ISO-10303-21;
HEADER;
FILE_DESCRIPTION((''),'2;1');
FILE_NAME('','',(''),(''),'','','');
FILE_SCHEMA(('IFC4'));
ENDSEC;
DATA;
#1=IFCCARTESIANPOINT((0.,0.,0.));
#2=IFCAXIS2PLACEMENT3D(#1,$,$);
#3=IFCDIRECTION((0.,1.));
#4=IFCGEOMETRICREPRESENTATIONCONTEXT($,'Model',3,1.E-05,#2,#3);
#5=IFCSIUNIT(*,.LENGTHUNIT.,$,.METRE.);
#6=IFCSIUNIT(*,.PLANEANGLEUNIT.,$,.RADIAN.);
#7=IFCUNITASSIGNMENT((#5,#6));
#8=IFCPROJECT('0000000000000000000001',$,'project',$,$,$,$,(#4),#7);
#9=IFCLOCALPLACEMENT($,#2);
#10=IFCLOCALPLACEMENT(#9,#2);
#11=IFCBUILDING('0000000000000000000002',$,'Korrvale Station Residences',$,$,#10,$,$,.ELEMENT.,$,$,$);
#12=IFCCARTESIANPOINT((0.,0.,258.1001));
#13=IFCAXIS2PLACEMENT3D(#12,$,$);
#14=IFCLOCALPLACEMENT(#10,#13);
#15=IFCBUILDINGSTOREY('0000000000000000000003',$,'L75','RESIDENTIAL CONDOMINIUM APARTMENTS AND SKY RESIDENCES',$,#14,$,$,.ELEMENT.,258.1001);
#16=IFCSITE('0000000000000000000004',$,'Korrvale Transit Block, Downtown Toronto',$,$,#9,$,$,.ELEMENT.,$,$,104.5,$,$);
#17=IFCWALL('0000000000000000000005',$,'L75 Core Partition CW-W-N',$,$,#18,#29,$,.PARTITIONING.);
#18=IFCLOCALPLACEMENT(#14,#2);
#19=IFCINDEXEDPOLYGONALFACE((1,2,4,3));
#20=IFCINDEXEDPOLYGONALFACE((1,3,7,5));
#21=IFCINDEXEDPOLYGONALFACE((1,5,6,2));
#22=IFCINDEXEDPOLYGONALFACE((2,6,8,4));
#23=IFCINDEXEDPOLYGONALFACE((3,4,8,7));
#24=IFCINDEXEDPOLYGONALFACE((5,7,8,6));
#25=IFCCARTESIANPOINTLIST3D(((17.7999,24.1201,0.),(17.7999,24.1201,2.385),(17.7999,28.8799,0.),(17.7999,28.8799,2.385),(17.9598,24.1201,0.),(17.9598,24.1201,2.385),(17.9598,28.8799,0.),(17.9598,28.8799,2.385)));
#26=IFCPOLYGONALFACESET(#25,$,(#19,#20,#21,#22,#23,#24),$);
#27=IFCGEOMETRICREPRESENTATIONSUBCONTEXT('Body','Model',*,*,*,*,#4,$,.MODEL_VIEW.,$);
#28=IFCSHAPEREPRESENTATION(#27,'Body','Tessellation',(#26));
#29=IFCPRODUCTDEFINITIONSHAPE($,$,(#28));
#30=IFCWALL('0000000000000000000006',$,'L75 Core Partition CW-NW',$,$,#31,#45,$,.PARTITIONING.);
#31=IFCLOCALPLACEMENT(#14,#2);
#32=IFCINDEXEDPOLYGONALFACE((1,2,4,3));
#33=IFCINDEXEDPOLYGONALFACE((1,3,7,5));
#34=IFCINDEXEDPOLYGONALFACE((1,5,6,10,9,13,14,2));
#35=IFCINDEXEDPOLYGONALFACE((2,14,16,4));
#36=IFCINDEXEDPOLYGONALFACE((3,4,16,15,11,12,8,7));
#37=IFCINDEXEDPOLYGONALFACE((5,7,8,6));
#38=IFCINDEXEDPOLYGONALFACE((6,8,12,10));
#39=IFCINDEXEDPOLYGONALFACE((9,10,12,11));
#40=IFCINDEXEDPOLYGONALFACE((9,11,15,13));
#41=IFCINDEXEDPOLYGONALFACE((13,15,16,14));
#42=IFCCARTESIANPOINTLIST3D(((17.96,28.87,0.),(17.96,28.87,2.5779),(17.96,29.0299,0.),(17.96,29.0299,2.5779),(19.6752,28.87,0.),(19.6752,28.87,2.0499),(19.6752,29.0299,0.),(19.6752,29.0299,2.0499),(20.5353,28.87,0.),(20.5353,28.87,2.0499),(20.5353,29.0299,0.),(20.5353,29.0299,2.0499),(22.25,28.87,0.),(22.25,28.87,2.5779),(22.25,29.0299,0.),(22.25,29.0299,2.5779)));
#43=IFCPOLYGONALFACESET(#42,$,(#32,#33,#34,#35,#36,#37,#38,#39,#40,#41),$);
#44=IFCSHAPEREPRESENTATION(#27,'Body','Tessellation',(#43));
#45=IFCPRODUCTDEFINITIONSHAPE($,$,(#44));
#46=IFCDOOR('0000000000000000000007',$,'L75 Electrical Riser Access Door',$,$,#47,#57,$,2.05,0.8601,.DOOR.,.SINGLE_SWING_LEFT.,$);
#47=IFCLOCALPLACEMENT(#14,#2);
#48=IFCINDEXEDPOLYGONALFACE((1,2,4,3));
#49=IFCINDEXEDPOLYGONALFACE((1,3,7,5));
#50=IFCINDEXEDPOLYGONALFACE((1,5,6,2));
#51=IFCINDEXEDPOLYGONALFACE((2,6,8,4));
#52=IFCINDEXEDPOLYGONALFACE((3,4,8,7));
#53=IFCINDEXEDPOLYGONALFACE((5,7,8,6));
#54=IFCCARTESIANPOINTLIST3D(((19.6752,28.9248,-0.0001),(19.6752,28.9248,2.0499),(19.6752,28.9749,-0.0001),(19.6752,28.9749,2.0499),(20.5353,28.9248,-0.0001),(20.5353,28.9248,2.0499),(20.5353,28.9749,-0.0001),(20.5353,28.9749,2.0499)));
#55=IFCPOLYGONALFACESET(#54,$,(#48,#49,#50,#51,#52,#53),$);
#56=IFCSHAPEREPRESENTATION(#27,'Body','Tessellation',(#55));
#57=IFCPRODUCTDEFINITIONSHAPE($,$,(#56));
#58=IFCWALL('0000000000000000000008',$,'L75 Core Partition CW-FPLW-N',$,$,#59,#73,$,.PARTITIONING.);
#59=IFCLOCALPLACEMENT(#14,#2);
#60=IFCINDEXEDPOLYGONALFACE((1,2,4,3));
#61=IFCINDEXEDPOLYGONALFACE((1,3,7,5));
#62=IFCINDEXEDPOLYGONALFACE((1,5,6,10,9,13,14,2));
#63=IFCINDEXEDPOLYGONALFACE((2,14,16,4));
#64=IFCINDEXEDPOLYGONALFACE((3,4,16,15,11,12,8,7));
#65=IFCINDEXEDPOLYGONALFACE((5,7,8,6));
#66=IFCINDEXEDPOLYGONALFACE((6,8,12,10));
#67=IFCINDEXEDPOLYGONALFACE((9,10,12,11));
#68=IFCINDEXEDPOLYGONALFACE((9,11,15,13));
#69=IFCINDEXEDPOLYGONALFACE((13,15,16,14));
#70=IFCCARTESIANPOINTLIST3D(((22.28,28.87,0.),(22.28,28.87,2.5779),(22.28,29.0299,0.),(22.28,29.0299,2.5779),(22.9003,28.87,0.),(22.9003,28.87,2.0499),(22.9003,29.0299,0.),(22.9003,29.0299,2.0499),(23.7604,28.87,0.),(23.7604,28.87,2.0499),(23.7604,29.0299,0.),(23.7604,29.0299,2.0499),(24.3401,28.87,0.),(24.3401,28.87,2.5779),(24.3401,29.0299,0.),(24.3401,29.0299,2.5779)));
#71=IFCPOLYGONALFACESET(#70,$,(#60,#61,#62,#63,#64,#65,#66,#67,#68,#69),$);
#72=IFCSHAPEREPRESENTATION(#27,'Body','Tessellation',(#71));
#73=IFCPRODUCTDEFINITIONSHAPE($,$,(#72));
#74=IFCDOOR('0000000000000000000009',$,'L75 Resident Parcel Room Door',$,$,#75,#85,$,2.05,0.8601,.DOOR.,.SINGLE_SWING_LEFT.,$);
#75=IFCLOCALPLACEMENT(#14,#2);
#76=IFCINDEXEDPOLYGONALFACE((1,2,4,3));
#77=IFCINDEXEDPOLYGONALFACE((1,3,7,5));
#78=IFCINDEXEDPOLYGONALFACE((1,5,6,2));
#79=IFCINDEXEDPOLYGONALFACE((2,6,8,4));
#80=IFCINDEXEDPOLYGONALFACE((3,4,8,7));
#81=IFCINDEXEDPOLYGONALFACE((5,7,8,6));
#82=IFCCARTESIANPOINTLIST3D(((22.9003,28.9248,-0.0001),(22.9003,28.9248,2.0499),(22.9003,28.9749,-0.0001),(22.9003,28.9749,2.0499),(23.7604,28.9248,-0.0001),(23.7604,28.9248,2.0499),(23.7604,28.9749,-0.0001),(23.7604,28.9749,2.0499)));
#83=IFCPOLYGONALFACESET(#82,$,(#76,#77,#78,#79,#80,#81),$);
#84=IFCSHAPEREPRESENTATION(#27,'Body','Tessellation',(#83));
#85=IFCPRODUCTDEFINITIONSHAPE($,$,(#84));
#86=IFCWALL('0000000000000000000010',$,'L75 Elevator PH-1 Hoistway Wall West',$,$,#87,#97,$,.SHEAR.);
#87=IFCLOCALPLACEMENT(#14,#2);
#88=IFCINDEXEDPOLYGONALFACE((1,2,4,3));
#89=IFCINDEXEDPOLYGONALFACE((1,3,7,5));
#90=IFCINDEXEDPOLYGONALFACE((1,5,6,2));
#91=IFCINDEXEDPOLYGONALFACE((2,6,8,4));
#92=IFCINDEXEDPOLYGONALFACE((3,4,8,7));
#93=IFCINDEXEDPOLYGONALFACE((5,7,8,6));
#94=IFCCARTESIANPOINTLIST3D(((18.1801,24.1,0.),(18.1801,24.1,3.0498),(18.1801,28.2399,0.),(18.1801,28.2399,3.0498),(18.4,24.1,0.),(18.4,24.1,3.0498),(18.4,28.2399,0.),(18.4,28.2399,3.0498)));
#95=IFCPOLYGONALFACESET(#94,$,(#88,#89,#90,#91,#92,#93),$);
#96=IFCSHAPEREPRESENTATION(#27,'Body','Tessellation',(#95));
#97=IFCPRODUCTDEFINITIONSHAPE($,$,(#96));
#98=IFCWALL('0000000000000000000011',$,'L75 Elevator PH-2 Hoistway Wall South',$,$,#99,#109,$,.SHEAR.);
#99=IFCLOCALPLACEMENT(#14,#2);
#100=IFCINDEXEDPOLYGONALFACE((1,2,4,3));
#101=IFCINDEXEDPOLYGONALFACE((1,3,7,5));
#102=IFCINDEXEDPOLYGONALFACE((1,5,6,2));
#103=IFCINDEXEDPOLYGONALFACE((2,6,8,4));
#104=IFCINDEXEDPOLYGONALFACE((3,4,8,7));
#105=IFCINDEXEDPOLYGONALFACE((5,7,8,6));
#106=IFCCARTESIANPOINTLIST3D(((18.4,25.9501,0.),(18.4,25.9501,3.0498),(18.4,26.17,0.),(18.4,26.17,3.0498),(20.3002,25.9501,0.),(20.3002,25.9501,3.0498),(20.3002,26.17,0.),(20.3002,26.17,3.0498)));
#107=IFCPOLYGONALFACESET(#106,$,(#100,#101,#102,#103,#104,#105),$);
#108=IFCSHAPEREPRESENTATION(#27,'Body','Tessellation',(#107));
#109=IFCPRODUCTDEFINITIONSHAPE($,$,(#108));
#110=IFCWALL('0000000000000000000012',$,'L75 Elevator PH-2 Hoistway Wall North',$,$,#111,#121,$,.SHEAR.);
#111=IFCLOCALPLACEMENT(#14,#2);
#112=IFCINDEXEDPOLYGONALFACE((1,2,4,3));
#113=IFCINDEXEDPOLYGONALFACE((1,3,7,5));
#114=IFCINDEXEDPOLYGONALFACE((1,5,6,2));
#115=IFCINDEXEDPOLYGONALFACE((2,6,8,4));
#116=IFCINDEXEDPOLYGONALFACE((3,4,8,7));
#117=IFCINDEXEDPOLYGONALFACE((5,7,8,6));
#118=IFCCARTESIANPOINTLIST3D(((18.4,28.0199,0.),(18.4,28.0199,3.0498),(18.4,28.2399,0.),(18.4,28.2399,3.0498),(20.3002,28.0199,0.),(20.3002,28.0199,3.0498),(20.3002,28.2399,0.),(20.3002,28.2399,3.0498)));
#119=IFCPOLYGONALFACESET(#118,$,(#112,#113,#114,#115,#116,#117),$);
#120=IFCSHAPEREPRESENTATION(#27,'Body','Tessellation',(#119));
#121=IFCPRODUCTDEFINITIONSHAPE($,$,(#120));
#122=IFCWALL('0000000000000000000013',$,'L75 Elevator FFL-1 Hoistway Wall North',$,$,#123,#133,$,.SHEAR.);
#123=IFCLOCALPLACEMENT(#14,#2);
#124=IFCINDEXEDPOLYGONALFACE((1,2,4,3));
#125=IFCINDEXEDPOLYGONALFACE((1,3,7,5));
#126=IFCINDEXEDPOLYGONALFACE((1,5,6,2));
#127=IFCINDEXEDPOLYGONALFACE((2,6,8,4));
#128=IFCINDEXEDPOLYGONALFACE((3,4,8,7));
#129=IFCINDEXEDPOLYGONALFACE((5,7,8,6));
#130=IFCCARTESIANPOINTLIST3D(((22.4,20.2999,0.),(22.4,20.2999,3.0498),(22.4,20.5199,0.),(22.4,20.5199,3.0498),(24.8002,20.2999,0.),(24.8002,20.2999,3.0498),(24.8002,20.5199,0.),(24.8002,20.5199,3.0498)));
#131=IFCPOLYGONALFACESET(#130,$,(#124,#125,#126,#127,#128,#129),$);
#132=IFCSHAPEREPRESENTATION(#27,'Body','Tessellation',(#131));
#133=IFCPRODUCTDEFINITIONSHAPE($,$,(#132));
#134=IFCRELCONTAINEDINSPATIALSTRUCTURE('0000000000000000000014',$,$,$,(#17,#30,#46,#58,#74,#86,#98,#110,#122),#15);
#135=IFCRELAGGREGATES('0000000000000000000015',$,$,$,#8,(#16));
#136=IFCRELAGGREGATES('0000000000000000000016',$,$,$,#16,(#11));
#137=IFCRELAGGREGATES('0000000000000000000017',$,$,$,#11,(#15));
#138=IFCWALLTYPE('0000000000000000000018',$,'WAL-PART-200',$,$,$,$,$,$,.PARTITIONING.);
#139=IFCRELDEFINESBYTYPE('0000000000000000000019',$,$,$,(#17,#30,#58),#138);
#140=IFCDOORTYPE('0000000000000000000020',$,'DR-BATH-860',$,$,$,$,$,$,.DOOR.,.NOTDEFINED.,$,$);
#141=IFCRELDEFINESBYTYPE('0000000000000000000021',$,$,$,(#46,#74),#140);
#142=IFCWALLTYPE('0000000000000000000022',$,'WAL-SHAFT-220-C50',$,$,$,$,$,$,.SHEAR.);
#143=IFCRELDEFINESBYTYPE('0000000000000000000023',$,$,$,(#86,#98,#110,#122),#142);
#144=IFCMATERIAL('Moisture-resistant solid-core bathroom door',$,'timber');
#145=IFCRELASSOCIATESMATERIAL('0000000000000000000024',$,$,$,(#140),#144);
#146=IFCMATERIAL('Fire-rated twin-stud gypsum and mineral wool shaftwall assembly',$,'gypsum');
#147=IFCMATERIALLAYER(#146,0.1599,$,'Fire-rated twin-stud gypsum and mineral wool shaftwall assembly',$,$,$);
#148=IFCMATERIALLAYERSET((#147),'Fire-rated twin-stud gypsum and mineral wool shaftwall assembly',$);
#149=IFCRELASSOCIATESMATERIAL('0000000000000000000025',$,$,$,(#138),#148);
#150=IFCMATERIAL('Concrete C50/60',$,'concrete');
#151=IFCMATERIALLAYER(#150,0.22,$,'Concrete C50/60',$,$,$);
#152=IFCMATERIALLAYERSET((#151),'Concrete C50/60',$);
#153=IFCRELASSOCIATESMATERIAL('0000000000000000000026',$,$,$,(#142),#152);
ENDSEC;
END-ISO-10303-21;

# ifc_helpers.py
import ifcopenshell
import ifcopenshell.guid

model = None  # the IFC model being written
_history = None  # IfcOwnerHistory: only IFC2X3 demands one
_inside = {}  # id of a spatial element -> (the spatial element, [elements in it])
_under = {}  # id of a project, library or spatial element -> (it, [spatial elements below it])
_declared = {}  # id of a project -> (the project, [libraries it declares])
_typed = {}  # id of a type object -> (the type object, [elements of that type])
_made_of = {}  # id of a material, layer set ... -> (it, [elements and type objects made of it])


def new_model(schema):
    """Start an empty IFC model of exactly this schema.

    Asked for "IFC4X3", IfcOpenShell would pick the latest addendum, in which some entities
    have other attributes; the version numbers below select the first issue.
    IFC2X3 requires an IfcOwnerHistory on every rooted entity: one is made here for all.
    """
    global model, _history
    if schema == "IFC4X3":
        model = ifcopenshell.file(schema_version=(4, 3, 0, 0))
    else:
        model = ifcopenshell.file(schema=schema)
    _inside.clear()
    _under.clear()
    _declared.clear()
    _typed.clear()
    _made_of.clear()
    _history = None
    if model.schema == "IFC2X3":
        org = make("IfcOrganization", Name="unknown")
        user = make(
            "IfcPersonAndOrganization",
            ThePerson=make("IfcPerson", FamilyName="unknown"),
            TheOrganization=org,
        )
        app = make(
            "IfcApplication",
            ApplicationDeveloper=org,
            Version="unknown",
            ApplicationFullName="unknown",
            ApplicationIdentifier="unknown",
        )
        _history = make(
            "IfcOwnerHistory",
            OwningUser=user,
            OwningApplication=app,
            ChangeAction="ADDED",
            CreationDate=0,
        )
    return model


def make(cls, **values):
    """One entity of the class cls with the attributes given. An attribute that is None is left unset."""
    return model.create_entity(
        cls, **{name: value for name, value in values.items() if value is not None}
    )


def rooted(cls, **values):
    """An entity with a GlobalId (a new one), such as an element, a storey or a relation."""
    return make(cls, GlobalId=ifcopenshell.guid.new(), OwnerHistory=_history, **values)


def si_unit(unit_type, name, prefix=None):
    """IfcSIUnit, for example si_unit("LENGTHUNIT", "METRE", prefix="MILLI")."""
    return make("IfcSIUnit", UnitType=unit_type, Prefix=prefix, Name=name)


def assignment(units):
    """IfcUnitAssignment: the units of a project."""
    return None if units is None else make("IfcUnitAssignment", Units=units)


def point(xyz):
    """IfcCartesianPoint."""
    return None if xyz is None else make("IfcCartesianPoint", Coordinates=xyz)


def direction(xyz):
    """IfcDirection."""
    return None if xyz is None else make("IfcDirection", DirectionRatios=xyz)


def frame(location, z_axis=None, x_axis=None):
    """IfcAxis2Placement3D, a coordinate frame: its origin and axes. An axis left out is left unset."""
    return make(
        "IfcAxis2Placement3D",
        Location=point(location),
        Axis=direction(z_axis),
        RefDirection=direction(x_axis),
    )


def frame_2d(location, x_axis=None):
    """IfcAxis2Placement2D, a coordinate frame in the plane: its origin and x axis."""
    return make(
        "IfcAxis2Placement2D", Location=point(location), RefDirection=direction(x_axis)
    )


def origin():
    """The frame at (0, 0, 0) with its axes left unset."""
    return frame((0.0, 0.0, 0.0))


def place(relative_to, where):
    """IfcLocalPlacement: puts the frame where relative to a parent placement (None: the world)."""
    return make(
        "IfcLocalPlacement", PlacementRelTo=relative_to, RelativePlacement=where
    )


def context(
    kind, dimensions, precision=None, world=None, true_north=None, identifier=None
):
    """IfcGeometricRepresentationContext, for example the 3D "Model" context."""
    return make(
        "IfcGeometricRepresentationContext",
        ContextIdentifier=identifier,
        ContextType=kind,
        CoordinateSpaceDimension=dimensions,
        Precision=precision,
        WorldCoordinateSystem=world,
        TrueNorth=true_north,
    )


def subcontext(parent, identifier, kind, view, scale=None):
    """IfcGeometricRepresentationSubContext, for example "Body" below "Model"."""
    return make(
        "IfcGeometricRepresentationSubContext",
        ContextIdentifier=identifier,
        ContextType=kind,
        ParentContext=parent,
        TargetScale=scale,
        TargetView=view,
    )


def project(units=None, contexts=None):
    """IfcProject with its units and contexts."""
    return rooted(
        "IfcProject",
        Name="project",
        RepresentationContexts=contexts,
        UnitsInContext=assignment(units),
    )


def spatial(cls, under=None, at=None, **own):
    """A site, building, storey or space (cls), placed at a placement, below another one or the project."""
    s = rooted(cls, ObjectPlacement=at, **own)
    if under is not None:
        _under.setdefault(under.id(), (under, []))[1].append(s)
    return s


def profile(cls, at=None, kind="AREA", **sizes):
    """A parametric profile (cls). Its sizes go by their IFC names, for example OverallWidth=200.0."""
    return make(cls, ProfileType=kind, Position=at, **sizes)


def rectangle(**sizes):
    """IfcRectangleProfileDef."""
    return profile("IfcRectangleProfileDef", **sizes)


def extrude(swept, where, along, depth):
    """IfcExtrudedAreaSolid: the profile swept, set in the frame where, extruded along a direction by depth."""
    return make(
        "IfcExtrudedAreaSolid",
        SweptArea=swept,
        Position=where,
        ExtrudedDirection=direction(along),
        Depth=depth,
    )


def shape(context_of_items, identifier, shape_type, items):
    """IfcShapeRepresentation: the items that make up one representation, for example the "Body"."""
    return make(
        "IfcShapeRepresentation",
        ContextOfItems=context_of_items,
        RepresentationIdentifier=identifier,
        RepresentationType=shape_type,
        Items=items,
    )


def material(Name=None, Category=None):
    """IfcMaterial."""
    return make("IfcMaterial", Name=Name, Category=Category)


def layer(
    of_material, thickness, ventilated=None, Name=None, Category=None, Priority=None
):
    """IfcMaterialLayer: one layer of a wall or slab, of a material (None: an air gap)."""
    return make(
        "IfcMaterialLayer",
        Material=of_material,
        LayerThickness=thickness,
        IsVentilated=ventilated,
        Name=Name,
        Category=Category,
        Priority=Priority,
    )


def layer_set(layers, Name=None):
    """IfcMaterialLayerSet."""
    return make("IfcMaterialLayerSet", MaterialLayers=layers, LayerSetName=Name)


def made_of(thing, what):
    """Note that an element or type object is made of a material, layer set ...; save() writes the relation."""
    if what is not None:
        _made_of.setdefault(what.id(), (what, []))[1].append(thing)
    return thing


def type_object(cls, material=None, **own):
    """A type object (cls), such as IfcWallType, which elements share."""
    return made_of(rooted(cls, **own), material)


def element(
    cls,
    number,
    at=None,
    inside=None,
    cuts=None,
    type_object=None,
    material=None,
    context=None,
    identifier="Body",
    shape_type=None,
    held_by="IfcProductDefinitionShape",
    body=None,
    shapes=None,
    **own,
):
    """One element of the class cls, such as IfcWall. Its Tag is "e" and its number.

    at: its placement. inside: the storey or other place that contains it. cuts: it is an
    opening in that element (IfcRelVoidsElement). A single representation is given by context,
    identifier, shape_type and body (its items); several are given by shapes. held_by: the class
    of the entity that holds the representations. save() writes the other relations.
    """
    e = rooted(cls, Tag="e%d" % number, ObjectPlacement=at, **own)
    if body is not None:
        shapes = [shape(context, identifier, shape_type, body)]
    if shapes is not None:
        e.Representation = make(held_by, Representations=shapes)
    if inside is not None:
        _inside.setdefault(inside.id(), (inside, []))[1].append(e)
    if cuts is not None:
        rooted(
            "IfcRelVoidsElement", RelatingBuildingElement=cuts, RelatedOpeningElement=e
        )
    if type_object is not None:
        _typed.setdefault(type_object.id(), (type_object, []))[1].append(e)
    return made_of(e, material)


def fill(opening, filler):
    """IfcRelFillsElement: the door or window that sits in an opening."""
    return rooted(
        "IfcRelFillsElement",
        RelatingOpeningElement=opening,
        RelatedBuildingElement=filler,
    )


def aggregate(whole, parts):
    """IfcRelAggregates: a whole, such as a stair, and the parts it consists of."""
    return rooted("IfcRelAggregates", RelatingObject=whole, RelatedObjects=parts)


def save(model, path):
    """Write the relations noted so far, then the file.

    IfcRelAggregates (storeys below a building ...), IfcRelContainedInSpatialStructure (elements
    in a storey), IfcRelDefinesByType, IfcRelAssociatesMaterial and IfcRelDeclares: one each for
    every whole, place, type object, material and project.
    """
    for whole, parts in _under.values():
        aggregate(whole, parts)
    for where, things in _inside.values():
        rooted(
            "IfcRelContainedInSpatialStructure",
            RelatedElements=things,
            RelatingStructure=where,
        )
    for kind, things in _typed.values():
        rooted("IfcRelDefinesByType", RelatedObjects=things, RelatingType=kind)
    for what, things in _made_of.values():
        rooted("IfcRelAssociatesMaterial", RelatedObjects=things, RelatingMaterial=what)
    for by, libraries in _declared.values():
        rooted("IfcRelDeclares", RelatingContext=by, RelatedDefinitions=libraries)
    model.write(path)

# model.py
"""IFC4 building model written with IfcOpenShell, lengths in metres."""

from ifc_helpers import new_model, si_unit, direction, frame, frame_2d, origin, place, context, subcontext, project, spatial, rectangle, extrude, material, layer, layer_set, type_object, element, fill, save


model = new_model("IFC4")

# Units and contexts
model_context = context("Model", 3, precision=1e-05, world=origin(), true_north=direction((0.0, 1.0)))
body_context = subcontext(model_context, "Body", "Model", "MODEL_VIEW")
ifc_project = project(units=[si_unit("LENGTHUNIT", "METRE"), si_unit("PLANEANGLEUNIT", "RADIAN")], contexts=[model_context])

# Site, building, storey
site_placement = place(None, origin())
site = spatial("IfcSite", under=ifc_project, at=site_placement, Name="Korrvale Transit Block, Downtown Toronto", CompositionType="ELEMENT", RefElevation=104.5)
building_placement = place(site_placement, origin())
building = spatial("IfcBuilding", under=site, at=building_placement, Name="Korrvale Station Residences", CompositionType="ELEMENT")
storey_placement = place(building_placement, frame((0.0, 0.0, 258.1001)))
storey = spatial("IfcBuildingStorey", under=building, at=storey_placement, Name="L75", Description="RESIDENTIAL CONDOMINIUM APARTMENTS AND SKY RESIDENCES", CompositionType="ELEMENT", Elevation=258.1001)

# Shared definitions
ifc_material_1 = material(Name="Concrete C50/60", Category="concrete")

# Shared definitions
ifc_material_2 = material(Name="Moisture-resistant solid-core bathroom door", Category="timber")
door_type_1 = type_object("IfcDoorType", Name="DR-BATH-860", OperationType="NOTDEFINED", PredefinedType="DOOR", material=ifc_material_2)

# Wall
ifc_material_3 = material(Name="Fire-rated twin-stud gypsum and mineral wool shaftwall assembly", Category="gypsum")
ifc_layer_1 = layer(ifc_material_3, 0.1599, Name="Fire-rated twin-stud gypsum and mineral wool shaftwall assembly")
ifc_layer_set_1 = layer_set([ifc_layer_1], Name="Fire-rated twin-stud gypsum and mineral wool shaftwall assembly")
wall_type_1 = type_object("IfcWallType", Name="WAL-PART-200", PredefinedType="PARTITIONING", material=ifc_layer_set_1)
wall_1_placement = place(storey_placement, frame((17.8799, 24.1201, 0.0), z_axis=(0.0, 0.0, 1.0), x_axis=(0.0, 1.0, 0.0)))
element("IfcWall", 1, at=wall_1_placement, inside=storey, type_object=wall_type_1, Name="L75 Core Partition CW-W-N", PredefinedType="PARTITIONING", context=body_context, shape_type="SweptSolid", body=[
    extrude(rectangle(XDim=4.7598, YDim=0.1599, at=frame_2d((2.3799, 0.0))), origin(), (0.0, 0.0, 1.0), 2.385),
])

# Walls, openings, doors
wall_2_placement = place(storey_placement, frame((17.96, 28.95, 0.0), z_axis=(0.0, 0.0, 1.0), x_axis=(1.0, 0.0, 0.0)))
wall_2 = element("IfcWall", 2, at=wall_2_placement, inside=storey, type_object=wall_type_1, Name="L75 Core Partition CW-NW", PredefinedType="PARTITIONING", context=body_context, shape_type="SweptSolid", body=[
    extrude(rectangle(XDim=4.29, YDim=0.1599, at=frame_2d((2.145, 0.0))), origin(), (0.0, 0.0, 1.0), 2.5779),
])
opening_1_placement = place(wall_2_placement, frame((1.7151, 0.0, 0.0)))
opening_1 = element("IfcOpeningElement", 3, at=opening_1_placement, cuts=wall_2, PredefinedType="OPENING", context=body_context, shape_type="SweptSolid", body=[
    extrude(rectangle(XDim=0.8601, YDim=2.05, at=frame_2d((0.4302, 1.0249))), frame((0.0, 0.0898, 0.0), z_axis=(0.0, -1.0, 0.0), x_axis=(1.0, 0.0, 0.0)), (0.0, 0.0, 1.0), 0.1799),
])
door_1_placement = place(opening_1_placement, origin())
door_1 = element("IfcDoor", 4, at=door_1_placement, inside=storey, type_object=door_type_1, Name="L75 Electrical Riser Access Door", OperationType="SINGLE_SWING_LEFT", OverallHeight=2.05, OverallWidth=0.8601, PredefinedType="DOOR", context=body_context, shape_type="SweptSolid", body=[
    extrude(rectangle(XDim=0.8601, YDim=2.05, at=frame_2d((0.4302, 1.0249))), frame((0.0, 0.0249, 0.0), z_axis=(0.0, -1.0, 0.0), x_axis=(1.0, 0.0, 0.0)), (0.0, 0.0, 1.0), 0.05),
])
fill(opening_1, door_1)
wall_3_placement = place(storey_placement, frame((22.28, 28.95, 0.0), z_axis=(0.0, 0.0, 1.0), x_axis=(1.0, 0.0, 0.0)))
wall_3 = element("IfcWall", 5, at=wall_3_placement, inside=storey, type_object=wall_type_1, Name="L75 Core Partition CW-FPLW-N", PredefinedType="PARTITIONING", context=body_context, shape_type="SweptSolid", body=[
    extrude(rectangle(XDim=2.0601, YDim=0.1599, at=frame_2d((1.03, 0.0))), origin(), (0.0, 0.0, 1.0), 2.5779),
])
opening_2_placement = place(wall_3_placement, frame((0.6201, 0.0, 0.0)))
opening_2 = element("IfcOpeningElement", 6, at=opening_2_placement, cuts=wall_3, PredefinedType="OPENING", context=body_context, shape_type="SweptSolid", body=[
    extrude(rectangle(XDim=0.8601, YDim=2.05, at=frame_2d((0.4302, 1.0249))), frame((0.0, 0.0898, 0.0), z_axis=(0.0, -1.0, 0.0), x_axis=(1.0, 0.0, 0.0)), (0.0, 0.0, 1.0), 0.1799),
])
door_2_placement = place(opening_2_placement, origin())
door_2 = element("IfcDoor", 7, at=door_2_placement, inside=storey, type_object=door_type_1, Name="L75 Resident Parcel Room Door", OperationType="SINGLE_SWING_LEFT", OverallHeight=2.05, OverallWidth=0.8601, PredefinedType="DOOR", context=body_context, shape_type="SweptSolid", body=[
    extrude(rectangle(XDim=0.8601, YDim=2.05, at=frame_2d((0.4302, 1.0249))), frame((0.0, 0.0249, 0.0), z_axis=(0.0, -1.0, 0.0), x_axis=(1.0, 0.0, 0.0)), (0.0, 0.0, 1.0), 0.05),
])
fill(opening_2, door_2)

# Wall
ifc_layer_2 = layer(ifc_material_1, 0.22, Name="Concrete C50/60")
ifc_layer_set_2 = layer_set([ifc_layer_2], Name="Concrete C50/60")
wall_type_2 = type_object("IfcWallType", Name="WAL-SHAFT-220-C50", PredefinedType="SHEAR", material=ifc_layer_set_2)
wall_4_placement = place(storey_placement, frame((18.29, 24.1001, 0.0), z_axis=(0.0, 0.0, 1.0), x_axis=(0.0, 1.0, 0.0)))
element("IfcWall", 8, at=wall_4_placement, inside=storey, type_object=wall_type_2, Name="L75 Elevator PH-1 Hoistway Wall West", PredefinedType="SHEAR", context=body_context, shape_type="SweptSolid", body=[
    extrude(rectangle(XDim=4.1399, YDim=0.22, at=frame_2d((2.0698, 0.0))), origin(), (0.0, 0.0, 1.0), 3.0498),
])

# Walls
for number, where, z_axis, x_axis, name in (
    (9, (18.3999, 26.0601, 0.0), (0.0, 0.0, 1.0), (1.0, 0.0, 0.0), "L75 Elevator PH-2 Hoistway Wall South"),
    (10, (18.3999, 28.1299, 0.0), (0.0, 0.0, 1.0), (1.0, 0.0, 0.0), "L75 Elevator PH-2 Hoistway Wall North"),
):
    element("IfcWall", number, at=place(storey_placement, frame(where, z_axis=z_axis, x_axis=x_axis)), inside=storey, type_object=wall_type_2, Name=name, PredefinedType="SHEAR", context=body_context, shape_type="SweptSolid", body=[
        extrude(rectangle(XDim=1.9001, YDim=0.22, at=frame_2d((0.9502, 0.0))), origin(), (0.0, 0.0, 1.0), 3.0498),
    ])

# Wall
wall_5_placement = place(storey_placement, frame((22.3999, 20.4099, 0.0), z_axis=(0.0, 0.0, 1.0), x_axis=(1.0, 0.0, 0.0)))
element("IfcWall", 11, at=wall_5_placement, inside=storey, type_object=wall_type_2, Name="L75 Elevator FFL-1 Hoistway Wall North", PredefinedType="SHEAR", context=body_context, shape_type="SweptSolid", body=[
    extrude(rectangle(XDim=2.4001, YDim=0.22, at=frame_2d((1.2002, 0.0))), origin(), (0.0, 0.0, 1.0), 3.0498),
])

save(model, "model.ifc")
